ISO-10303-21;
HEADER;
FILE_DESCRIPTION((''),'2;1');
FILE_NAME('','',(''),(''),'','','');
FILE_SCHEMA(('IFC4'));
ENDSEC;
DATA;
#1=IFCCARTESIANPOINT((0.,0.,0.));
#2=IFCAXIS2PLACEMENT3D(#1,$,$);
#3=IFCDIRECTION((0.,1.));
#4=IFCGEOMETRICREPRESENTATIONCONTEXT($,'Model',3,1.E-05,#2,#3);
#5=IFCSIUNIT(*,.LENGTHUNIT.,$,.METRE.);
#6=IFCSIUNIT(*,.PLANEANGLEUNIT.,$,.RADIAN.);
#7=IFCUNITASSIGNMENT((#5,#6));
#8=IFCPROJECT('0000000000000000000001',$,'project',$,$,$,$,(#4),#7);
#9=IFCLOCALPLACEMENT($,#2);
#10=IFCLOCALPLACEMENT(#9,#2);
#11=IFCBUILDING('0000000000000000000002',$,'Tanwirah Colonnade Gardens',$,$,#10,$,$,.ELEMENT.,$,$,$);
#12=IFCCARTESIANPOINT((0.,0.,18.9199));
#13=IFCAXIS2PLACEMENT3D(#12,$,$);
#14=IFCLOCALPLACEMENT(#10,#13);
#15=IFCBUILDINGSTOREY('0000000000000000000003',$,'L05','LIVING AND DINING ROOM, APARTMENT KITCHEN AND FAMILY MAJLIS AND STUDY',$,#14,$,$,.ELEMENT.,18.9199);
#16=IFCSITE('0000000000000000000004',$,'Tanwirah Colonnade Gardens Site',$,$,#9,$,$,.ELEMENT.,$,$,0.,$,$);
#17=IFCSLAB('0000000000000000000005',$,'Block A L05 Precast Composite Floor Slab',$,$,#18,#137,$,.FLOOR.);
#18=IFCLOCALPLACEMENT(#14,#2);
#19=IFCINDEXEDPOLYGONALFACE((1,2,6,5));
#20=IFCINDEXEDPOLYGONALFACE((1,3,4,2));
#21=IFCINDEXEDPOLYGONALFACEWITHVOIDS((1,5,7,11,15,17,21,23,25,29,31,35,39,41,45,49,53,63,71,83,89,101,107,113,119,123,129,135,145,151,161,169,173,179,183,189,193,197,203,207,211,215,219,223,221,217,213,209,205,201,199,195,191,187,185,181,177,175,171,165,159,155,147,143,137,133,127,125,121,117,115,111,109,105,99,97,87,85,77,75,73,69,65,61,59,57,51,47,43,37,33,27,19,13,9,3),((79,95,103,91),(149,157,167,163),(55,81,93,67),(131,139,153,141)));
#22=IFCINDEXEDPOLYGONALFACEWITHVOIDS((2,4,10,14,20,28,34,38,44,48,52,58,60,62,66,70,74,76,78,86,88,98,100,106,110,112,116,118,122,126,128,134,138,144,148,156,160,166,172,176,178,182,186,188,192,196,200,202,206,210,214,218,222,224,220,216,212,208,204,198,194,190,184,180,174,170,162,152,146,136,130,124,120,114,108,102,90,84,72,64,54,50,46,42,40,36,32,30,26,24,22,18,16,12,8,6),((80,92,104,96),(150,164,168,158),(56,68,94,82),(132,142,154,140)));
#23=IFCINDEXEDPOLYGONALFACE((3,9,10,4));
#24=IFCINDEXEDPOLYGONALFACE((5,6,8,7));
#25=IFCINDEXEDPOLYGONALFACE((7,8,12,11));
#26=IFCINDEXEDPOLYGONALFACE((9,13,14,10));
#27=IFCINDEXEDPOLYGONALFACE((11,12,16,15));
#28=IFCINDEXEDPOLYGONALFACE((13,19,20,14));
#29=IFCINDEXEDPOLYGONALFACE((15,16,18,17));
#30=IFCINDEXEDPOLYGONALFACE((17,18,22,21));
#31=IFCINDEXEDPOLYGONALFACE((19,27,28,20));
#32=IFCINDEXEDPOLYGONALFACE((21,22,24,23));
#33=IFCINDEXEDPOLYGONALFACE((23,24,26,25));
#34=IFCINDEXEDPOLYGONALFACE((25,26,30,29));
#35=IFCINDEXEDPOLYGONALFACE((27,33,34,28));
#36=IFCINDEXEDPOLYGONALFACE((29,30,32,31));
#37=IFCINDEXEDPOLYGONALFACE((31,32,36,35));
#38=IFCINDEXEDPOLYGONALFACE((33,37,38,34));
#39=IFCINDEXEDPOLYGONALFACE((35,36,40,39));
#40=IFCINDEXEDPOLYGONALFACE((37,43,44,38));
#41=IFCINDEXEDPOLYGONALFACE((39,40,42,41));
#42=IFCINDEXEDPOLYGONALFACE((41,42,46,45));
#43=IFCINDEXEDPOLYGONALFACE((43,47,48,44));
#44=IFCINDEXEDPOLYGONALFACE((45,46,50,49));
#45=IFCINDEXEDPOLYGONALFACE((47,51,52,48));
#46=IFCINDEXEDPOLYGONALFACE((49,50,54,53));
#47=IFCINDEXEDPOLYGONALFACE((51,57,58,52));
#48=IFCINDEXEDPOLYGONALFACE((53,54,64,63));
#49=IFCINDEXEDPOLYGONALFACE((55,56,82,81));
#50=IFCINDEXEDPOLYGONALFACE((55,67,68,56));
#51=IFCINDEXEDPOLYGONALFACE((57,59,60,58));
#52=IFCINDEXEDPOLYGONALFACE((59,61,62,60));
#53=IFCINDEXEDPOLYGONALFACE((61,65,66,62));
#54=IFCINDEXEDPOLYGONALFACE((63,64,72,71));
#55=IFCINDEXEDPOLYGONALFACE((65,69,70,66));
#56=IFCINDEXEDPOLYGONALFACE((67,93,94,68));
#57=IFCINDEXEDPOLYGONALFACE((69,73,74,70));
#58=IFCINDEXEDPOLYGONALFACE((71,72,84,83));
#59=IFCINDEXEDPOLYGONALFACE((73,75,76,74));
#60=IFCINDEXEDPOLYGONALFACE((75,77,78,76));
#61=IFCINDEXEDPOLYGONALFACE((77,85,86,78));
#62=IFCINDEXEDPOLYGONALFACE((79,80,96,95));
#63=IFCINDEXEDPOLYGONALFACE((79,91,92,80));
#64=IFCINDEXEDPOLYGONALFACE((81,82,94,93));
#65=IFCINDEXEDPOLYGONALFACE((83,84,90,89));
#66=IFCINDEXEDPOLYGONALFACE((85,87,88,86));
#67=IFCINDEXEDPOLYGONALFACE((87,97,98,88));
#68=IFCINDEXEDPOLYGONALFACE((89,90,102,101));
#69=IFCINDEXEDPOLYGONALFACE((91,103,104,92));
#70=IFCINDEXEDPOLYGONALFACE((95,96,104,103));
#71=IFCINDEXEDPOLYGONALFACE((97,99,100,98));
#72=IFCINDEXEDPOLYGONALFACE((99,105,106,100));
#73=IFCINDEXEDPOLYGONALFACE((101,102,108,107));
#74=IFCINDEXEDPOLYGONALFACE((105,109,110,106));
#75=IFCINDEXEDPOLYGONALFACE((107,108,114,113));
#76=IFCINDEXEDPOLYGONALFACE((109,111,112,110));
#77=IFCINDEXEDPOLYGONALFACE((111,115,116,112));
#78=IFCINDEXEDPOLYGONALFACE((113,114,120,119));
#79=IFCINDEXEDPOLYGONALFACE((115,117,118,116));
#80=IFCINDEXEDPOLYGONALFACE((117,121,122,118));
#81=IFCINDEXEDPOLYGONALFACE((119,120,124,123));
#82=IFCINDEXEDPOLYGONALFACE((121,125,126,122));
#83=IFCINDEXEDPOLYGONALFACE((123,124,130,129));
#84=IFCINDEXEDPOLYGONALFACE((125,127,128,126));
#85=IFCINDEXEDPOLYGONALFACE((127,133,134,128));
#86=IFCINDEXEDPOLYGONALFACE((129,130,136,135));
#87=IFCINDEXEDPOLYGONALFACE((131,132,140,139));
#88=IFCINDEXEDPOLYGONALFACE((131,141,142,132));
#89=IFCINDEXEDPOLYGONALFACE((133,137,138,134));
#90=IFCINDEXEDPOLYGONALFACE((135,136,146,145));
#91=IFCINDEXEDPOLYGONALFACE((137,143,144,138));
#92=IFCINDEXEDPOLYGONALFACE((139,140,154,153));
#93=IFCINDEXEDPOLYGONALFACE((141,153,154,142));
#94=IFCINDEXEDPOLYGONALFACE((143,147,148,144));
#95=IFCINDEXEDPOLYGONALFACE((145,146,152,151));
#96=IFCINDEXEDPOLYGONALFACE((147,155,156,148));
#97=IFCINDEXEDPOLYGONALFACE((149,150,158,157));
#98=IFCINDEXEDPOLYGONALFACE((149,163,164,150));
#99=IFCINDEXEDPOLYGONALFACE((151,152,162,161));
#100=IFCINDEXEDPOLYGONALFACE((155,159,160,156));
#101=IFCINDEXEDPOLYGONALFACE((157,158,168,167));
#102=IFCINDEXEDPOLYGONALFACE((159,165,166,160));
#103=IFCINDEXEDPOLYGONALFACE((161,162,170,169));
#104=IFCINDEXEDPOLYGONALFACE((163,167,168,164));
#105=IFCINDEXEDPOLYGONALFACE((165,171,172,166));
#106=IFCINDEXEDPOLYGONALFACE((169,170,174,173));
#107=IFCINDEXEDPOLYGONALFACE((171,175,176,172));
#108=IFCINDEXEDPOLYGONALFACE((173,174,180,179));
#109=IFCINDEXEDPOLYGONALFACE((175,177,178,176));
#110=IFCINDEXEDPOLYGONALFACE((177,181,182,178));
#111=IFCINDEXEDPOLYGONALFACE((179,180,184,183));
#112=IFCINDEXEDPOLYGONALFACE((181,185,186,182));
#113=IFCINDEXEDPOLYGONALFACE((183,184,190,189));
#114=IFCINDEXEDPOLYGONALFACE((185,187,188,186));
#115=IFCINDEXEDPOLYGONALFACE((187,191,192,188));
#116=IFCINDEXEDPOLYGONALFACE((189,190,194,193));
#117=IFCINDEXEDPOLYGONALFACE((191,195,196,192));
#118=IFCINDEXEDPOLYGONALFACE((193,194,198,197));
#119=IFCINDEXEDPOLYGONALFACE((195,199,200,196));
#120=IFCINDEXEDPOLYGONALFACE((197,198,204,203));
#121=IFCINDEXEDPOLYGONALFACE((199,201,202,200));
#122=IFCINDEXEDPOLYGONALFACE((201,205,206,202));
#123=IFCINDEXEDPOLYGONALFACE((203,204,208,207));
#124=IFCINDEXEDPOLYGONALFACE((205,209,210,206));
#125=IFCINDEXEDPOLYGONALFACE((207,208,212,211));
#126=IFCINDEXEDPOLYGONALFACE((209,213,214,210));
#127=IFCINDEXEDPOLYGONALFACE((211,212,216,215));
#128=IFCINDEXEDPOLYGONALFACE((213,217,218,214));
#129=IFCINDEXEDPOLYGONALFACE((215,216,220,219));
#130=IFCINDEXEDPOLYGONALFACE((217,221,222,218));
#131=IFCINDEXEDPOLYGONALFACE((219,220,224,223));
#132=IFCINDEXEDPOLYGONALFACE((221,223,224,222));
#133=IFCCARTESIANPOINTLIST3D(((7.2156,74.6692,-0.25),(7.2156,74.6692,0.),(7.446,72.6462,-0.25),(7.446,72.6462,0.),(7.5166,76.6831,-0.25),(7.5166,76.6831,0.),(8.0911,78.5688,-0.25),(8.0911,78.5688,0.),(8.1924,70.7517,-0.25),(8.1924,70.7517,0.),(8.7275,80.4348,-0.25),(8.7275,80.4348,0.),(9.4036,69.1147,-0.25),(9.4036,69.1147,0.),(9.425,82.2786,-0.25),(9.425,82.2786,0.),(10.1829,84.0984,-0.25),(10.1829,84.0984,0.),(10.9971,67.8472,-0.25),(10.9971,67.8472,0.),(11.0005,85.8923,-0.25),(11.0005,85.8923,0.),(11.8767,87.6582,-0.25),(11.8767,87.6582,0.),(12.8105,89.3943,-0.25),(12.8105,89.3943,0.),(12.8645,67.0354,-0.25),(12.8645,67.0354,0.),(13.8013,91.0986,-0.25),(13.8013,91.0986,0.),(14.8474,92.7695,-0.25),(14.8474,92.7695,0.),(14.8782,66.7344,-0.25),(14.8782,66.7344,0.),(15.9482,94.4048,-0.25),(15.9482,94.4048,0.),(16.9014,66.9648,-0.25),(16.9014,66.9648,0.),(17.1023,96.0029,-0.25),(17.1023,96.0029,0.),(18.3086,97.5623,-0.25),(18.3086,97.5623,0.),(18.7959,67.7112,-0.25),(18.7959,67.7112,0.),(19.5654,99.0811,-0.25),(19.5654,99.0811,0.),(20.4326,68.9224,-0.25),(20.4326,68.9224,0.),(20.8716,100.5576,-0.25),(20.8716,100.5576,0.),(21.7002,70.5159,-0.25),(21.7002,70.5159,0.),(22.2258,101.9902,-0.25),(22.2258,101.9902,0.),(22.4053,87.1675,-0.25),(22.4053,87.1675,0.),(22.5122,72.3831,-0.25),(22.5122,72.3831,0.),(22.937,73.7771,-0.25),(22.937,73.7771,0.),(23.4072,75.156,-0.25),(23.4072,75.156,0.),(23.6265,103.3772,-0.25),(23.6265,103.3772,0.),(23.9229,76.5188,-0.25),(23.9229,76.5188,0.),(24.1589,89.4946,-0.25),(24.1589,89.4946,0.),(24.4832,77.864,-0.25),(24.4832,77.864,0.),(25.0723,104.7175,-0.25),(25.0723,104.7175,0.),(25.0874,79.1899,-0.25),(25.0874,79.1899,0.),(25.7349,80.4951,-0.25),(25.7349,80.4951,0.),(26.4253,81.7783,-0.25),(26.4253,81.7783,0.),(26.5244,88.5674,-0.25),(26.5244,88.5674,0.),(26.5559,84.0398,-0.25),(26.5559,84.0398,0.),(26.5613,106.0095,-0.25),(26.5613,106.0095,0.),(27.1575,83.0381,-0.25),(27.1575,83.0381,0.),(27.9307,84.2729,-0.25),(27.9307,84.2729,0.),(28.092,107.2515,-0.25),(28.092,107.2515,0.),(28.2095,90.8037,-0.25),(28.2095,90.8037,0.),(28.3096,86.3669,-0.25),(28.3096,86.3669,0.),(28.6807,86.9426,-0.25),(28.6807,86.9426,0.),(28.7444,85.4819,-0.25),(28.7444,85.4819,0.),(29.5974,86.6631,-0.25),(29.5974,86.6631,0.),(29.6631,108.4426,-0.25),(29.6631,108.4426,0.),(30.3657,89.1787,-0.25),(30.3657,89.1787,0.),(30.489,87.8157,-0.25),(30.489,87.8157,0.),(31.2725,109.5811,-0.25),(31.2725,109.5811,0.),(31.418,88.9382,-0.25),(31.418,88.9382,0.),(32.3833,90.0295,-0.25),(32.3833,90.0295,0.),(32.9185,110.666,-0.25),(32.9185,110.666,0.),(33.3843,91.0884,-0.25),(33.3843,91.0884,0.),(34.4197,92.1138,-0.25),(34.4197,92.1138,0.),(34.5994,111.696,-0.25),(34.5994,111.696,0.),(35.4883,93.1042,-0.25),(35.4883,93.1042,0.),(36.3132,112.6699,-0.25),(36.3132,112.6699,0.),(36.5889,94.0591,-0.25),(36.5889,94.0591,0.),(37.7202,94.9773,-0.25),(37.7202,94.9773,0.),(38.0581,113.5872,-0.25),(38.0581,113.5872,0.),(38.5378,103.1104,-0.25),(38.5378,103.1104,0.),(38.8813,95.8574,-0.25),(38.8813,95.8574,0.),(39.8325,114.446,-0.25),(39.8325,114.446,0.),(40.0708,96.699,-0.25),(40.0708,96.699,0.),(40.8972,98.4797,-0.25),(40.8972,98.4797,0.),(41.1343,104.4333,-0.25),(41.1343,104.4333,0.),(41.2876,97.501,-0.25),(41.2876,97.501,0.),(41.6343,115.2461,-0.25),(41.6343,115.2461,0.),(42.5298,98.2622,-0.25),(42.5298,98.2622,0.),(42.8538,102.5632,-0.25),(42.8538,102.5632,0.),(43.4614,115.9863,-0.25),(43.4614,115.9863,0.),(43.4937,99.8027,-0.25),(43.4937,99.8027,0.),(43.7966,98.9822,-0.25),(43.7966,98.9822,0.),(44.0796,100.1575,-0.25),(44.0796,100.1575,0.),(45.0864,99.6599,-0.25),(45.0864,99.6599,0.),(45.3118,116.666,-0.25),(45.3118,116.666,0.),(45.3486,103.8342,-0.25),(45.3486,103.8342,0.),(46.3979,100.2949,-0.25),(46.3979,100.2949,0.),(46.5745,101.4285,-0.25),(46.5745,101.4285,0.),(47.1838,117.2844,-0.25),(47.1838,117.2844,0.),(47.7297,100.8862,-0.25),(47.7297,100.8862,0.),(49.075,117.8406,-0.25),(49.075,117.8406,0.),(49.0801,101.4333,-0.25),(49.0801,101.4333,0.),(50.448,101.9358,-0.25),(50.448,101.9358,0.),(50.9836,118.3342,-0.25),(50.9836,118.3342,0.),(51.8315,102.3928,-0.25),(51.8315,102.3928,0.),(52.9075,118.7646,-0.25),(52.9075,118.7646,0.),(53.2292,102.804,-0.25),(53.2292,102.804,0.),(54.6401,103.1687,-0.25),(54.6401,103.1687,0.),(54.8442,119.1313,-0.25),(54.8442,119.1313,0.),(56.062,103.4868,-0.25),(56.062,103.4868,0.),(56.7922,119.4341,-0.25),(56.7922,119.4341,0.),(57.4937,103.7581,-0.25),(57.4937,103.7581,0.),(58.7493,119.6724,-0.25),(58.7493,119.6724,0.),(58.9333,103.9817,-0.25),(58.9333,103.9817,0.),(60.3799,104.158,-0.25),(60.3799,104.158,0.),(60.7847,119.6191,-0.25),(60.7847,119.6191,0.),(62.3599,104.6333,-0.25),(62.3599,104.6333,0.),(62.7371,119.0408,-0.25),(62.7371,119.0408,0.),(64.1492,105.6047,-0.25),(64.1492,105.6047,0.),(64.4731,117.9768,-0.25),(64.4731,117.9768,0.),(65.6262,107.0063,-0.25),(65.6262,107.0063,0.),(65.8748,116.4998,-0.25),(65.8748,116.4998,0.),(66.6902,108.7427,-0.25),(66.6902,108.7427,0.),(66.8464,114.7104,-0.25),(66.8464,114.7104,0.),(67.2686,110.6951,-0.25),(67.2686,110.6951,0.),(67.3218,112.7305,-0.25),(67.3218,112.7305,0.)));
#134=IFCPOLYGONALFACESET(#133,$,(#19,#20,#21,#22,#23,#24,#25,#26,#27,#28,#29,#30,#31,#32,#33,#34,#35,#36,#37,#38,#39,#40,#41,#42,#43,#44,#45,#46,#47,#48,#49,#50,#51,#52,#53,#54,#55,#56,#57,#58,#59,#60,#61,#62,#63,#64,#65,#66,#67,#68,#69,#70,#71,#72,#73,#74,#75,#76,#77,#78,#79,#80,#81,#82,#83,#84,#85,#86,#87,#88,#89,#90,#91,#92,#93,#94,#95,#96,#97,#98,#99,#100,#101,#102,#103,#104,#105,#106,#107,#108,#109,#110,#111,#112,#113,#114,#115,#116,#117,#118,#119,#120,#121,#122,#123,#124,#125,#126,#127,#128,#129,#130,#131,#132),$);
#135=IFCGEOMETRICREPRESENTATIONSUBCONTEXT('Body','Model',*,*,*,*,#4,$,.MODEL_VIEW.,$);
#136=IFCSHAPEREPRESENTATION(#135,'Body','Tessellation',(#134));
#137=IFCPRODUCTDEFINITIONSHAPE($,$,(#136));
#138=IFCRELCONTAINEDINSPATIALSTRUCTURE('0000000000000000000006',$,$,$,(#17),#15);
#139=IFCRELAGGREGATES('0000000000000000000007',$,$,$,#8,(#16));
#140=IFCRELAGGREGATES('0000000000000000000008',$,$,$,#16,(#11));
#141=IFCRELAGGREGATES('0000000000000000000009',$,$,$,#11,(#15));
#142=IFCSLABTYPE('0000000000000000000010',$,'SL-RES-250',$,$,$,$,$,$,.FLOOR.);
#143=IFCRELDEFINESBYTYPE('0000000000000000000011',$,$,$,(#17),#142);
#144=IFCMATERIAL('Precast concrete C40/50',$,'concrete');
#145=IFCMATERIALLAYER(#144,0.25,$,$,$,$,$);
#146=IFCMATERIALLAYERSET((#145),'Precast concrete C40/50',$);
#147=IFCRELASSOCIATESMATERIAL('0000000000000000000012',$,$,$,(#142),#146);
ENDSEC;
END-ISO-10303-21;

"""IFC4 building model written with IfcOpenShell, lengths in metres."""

from ifc_helpers import new_model, si_unit, direction, frame, origin, place, context, subcontext, project, spatial, polyline, outline, extrude, material, layer, layer_set, type_object, element, save


model = new_model("IFC4")

# Units and contexts
model_context = context("Model", 3, precision=1e-05, world=origin(), true_north=direction((0.0, 1.0)))
body_context = subcontext(model_context, "Body", "Model", "MODEL_VIEW")
ifc_project = project(units=[si_unit("LENGTHUNIT", "METRE"), si_unit("PLANEANGLEUNIT", "RADIAN")], contexts=[model_context])

# Site, building, storey
site_placement = place(None, origin())
site = spatial("IfcSite", under=ifc_project, at=site_placement, Name="Tanwirah Colonnade Gardens Site", CompositionType="ELEMENT", RefElevation=0.0)
building_placement = place(site_placement, origin())
building = spatial("IfcBuilding", under=site, at=building_placement, Name="Tanwirah Colonnade Gardens", CompositionType="ELEMENT")
storey_placement = place(building_placement, frame((0.0, 0.0, 18.9199)))
storey = spatial("IfcBuildingStorey", under=building, at=storey_placement, Name="L05", Description="LIVING AND DINING ROOM, APARTMENT KITCHEN AND FAMILY MAJLIS AND STUDY", CompositionType="ELEMENT", Elevation=18.9199)

# Shared definitions
ifc_material_1 = material(Name="Precast concrete C40/50", Category="concrete")

# Slab
ifc_layer_1 = layer(ifc_material_1, 0.25)
ifc_layer_set_1 = layer_set([ifc_layer_1], Name="Precast concrete C40/50")
slab_type_1 = type_object("IfcSlabType", Name="SL-RES-250", PredefinedType="FLOOR", material=ifc_layer_set_1)
slab_1_placement = place(storey_placement, frame((0.0, 0.0, -0.25)))
element("IfcSlab", 1, at=slab_1_placement, inside=storey, type_object=slab_type_1, Name="Block A L05 Precast Composite Floor Slab", PredefinedType="FLOOR", context=body_context, shape_type="SweptSolid", body=[
    extrude(outline(polyline([(57.4937, 103.7581), (58.9333, 103.9817), (60.3799, 104.158), (62.3599, 104.6333), (64.1492, 105.6047), (65.6262, 107.0063), (66.6902, 108.7427), (67.2686, 110.6951), (67.3218, 112.7305), (66.8464, 114.7104), (65.8748, 116.4998), (64.4731, 117.9768), (62.7371, 119.0408), (60.7847, 119.6191), (58.7493, 119.6724), (56.7922, 119.4341), (54.8442, 119.1313), (52.9075, 118.7646), (50.9836, 118.3342), (49.075, 117.8406), (47.1838, 117.2844), (45.3118, 116.666), (43.4614, 115.9863), (41.6343, 115.2461), (39.8325, 114.446), (38.0581, 113.5872), (36.3132, 112.6699), (34.5994, 111.696), (32.9185, 110.666), (31.2725, 109.5811), (29.6631, 108.4426), (28.092, 107.2515), (26.5613, 106.0095), (25.0723, 104.7175), (23.6265, 103.3772), (22.2258, 101.9902), (20.8716, 100.5576), (19.5654, 99.0811), (18.3086, 97.5623), (17.1023, 96.0029), (15.9482, 94.4048), (14.8474, 92.7695), (13.8013, 91.0986), (12.8105, 89.3943), (11.8767, 87.6582), (11.0005, 85.8923), (10.1829, 84.0984), (9.425, 82.2786), (8.7275, 80.4348), (8.0911, 78.5688), (7.5166, 76.6831), (7.2156, 74.6692), (7.446, 72.6462), (8.1924, 70.7517), (9.4036, 69.1147), (10.9971, 67.8472), (12.8645, 67.0354), (14.8782, 66.7344), (16.9014, 66.9648), (18.7959, 67.7112), (20.4326, 68.9224), (21.7002, 70.5159), (22.5122, 72.3831), (22.937, 73.7771), (23.4072, 75.156), (23.9229, 76.5188), (24.4832, 77.864), (25.0874, 79.1899), (25.7349, 80.4951), (26.4253, 81.7783), (27.1575, 83.0381), (27.9307, 84.2729), (28.7444, 85.4819), (29.5974, 86.6631), (30.489, 87.8157), (31.418, 88.9382), (32.3833, 90.0295), (33.3843, 91.0884), (34.4197, 92.1138), (35.4883, 93.1042), (36.5889, 94.0591), (37.7202, 94.9773), (38.8813, 95.8574), (40.0708, 96.699), (41.2876, 97.501), (42.5298, 98.2622), (43.7966, 98.9822), (45.0864, 99.6599), (46.3979, 100.2949), (47.7297, 100.8862), (49.0801, 101.4333), (50.448, 101.9358), (51.8315, 102.3928), (53.2292, 102.804), (54.6401, 103.1687), (56.062, 103.4868), (57.4937, 103.7581)]), holes=[polyline([(41.1343, 104.4333), (43.4937, 99.8027), (40.8972, 98.4797), (38.5378, 103.1104), (41.1343, 104.4333)]), polyline([(46.5745, 101.4285), (44.0796, 100.1575), (42.8538, 102.5632), (45.3486, 103.8342), (46.5745, 101.4285)]), polyline([(26.5559, 84.0398), (22.4053, 87.1675), (24.1589, 89.4946), (28.3096, 86.3669), (26.5559, 84.0398)]), polyline([(26.5244, 88.5674), (28.2095, 90.8037), (30.3657, 89.1787), (28.6807, 86.9426), (26.5244, 88.5674)])]), origin(), (0.0, 0.0, 1.0), 0.25),
])

save(model, "model.ifc")
